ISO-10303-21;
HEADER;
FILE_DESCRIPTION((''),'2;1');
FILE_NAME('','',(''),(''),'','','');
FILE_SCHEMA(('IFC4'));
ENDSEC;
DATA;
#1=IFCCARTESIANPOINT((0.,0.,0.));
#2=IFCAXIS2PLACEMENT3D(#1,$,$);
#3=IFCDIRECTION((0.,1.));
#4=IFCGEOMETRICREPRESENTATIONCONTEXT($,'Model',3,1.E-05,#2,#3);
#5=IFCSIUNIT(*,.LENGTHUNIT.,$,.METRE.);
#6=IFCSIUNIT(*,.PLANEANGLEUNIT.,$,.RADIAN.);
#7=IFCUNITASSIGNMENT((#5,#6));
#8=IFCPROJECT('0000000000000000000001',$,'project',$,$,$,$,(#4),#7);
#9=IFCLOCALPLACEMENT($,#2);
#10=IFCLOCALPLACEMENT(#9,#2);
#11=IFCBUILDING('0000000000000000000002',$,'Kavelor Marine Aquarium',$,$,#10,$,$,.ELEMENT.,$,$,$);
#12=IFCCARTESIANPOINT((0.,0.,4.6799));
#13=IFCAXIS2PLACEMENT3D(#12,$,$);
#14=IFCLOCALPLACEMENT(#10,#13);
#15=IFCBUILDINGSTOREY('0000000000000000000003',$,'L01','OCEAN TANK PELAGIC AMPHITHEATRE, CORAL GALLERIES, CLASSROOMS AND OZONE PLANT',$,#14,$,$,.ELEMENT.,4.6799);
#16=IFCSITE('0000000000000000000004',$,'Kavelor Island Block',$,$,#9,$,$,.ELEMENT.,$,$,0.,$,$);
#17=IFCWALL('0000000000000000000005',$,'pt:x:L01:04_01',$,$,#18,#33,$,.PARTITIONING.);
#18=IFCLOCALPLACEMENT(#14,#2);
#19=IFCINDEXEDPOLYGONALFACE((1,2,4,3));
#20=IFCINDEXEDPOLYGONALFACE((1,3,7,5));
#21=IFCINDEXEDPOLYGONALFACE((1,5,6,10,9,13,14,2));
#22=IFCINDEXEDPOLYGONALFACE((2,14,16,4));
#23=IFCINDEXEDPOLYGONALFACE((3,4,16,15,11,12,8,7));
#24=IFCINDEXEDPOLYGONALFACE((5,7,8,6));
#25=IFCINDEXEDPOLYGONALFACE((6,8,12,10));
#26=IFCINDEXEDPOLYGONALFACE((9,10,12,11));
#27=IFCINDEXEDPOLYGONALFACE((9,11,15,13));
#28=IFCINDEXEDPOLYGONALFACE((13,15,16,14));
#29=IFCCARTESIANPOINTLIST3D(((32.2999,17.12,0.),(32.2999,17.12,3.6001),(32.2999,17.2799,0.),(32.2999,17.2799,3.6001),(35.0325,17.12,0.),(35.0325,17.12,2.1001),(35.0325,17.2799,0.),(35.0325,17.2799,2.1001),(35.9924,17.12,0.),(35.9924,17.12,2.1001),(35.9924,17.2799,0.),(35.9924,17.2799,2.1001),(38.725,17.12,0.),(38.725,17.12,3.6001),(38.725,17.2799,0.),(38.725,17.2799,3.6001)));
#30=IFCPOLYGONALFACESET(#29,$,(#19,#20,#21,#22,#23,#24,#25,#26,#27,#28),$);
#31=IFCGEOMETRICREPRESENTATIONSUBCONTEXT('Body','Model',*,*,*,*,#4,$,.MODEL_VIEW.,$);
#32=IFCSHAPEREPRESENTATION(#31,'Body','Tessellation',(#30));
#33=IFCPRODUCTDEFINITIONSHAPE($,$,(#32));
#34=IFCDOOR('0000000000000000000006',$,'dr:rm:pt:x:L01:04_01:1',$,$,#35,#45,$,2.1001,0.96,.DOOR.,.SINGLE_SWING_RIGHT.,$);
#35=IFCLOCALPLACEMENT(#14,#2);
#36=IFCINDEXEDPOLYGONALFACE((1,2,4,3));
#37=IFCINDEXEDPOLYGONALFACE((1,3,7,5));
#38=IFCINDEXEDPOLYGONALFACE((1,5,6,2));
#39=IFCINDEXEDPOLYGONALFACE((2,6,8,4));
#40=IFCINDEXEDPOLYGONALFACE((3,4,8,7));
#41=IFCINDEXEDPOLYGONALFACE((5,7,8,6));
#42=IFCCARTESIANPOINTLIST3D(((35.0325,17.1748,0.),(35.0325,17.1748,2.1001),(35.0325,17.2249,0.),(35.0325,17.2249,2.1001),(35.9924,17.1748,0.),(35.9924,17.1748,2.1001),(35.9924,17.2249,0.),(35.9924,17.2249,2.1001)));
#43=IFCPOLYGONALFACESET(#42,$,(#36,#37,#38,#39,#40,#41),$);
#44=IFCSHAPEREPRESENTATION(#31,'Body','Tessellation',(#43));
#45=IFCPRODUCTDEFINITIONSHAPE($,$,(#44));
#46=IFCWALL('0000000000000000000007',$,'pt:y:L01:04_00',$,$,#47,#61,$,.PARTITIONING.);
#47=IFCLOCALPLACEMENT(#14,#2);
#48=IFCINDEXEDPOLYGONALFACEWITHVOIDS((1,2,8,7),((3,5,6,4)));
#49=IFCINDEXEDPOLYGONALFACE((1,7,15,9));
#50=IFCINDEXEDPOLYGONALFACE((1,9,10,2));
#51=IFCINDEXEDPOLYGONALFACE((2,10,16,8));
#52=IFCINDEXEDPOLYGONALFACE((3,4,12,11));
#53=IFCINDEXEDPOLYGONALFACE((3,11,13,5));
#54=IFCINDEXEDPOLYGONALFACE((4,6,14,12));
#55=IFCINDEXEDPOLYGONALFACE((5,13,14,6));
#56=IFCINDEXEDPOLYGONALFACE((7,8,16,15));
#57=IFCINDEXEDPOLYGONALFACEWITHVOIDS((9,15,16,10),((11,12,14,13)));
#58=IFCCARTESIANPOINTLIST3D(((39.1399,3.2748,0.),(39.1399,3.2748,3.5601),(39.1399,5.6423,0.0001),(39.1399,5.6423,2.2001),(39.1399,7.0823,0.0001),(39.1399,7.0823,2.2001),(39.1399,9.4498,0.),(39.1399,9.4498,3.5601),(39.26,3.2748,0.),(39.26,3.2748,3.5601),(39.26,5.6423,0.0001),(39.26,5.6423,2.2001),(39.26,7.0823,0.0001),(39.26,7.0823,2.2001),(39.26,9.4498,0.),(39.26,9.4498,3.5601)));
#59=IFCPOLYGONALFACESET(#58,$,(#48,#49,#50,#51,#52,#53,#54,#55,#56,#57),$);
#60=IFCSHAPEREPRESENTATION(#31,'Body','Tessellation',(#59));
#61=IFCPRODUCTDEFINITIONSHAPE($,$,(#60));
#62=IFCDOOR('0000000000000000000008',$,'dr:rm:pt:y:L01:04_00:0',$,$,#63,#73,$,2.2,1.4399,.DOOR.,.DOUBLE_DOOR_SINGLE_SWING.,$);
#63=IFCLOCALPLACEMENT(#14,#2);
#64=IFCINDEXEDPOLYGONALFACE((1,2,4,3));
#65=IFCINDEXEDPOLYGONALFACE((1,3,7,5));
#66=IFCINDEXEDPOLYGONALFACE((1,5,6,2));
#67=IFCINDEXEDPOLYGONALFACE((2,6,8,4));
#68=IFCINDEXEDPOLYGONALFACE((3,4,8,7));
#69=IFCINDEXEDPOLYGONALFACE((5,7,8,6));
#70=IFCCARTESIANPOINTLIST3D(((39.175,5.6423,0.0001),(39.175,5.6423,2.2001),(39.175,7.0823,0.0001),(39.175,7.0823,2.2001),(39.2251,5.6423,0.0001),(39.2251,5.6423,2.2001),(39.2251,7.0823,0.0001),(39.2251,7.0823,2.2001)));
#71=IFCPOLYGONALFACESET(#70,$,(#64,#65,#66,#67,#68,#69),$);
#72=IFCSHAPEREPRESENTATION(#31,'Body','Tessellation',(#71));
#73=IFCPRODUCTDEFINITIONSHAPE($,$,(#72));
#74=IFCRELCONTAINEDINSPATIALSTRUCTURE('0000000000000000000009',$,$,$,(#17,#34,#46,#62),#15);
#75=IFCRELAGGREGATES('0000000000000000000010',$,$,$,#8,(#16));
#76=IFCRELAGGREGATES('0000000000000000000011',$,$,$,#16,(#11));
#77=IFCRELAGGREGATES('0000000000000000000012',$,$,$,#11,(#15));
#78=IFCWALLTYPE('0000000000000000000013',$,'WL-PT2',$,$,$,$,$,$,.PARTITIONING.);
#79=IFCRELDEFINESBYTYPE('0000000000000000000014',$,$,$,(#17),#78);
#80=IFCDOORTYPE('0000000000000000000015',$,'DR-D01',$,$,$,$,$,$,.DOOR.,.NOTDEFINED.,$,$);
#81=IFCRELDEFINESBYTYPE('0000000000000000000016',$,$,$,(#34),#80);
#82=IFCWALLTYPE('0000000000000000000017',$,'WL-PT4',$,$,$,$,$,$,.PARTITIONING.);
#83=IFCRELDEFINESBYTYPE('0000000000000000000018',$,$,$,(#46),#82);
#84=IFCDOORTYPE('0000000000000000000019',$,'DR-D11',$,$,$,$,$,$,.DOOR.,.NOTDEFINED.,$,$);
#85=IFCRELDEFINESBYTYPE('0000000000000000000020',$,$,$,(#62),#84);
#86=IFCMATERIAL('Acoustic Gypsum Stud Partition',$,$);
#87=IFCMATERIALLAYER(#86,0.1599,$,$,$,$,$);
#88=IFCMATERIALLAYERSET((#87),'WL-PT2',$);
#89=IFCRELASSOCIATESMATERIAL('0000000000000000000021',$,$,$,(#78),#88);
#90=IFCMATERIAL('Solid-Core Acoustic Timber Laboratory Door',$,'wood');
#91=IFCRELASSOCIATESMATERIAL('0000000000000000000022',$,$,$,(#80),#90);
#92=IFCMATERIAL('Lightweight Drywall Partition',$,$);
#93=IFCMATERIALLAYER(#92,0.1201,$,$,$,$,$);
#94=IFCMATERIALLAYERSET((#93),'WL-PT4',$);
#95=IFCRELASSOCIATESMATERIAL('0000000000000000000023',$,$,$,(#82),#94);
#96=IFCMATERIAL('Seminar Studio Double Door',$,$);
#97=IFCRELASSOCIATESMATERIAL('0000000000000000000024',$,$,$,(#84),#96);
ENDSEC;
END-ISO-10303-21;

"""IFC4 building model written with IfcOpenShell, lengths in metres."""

from ifc_helpers import new_model, si_unit, direction, frame, frame_2d, origin, place, context, subcontext, project, spatial, rectangle, extrude, material, layer, layer_set, type_object, element, fill, save


model = new_model("IFC4")

# Units and contexts
model_context = context("Model", 3, precision=1e-05, world=origin(), true_north=direction((0.0, 1.0)))
body_context = subcontext(model_context, "Body", "Model", "MODEL_VIEW")
ifc_project = project(units=[si_unit("LENGTHUNIT", "METRE"), si_unit("PLANEANGLEUNIT", "RADIAN")], contexts=[model_context])

# Site, building, storey
site_placement = place(None, origin())
site = spatial("IfcSite", under=ifc_project, at=site_placement, Name="Kavelor Island Block", CompositionType="ELEMENT", RefElevation=0.0)
building_placement = place(site_placement, origin())
building = spatial("IfcBuilding", under=site, at=building_placement, Name="Kavelor Marine Aquarium", CompositionType="ELEMENT")
storey_placement = place(building_placement, frame((0.0, 0.0, 4.6799)))
storey = spatial("IfcBuildingStorey", under=building, at=storey_placement, Name="L01", Description="OCEAN TANK PELAGIC AMPHITHEATRE, CORAL GALLERIES, CLASSROOMS AND OZONE PLANT", CompositionType="ELEMENT", Elevation=4.6799)

# Shared definitions
ifc_material_1 = material(Name="Acoustic Gypsum Stud Partition")
ifc_layer_1 = layer(ifc_material_1, 0.1599)
ifc_layer_set_1 = layer_set([ifc_layer_1], Name="WL-PT2")
wall_type_1 = type_object("IfcWallType", Name="WL-PT2", PredefinedType="PARTITIONING", material=ifc_layer_set_1)

# Walls, openings, doors
wall_1_placement = place(storey_placement, frame((32.3, 17.2, 0.0), z_axis=(0.0, 0.0, 1.0), x_axis=(1.0, 0.0, 0.0)))
wall_1 = element("IfcWall", 1, at=wall_1_placement, inside=storey, type_object=wall_type_1, Name="pt:x:L01:04_01", PredefinedType="PARTITIONING", context=body_context, shape_type="SweptSolid", body=[
    extrude(rectangle(XDim=6.425, YDim=0.1599, at=frame_2d((3.2124, 0.0))), origin(), (0.0, 0.0, 1.0), 3.6001),
])
opening_1_placement = place(wall_1_placement, frame((2.7324, 0.0, 0.0)))
opening_1 = element("IfcOpeningElement", 2, at=opening_1_placement, cuts=wall_1, PredefinedType="OPENING", context=body_context, shape_type="SweptSolid", body=[
    extrude(rectangle(XDim=0.96, YDim=2.1001, at=frame_2d((0.48, 1.05))), frame((0.0, 0.0898, 0.0), z_axis=(0.0, -1.0, 0.0), x_axis=(1.0, 0.0, 0.0)), (0.0, 0.0, 1.0), 0.1799),
])
ifc_material_2 = material(Name="Solid-Core Acoustic Timber Laboratory Door", Category="wood")
door_type_1 = type_object("IfcDoorType", Name="DR-D01", OperationType="NOTDEFINED", PredefinedType="DOOR", material=ifc_material_2)
door_1_placement = place(opening_1_placement, origin())
door_1 = element("IfcDoor", 3, at=door_1_placement, inside=storey, type_object=door_type_1, Name="dr:rm:pt:x:L01:04_01:1", OperationType="SINGLE_SWING_RIGHT", OverallHeight=2.1001, OverallWidth=0.96, PredefinedType="DOOR", context=body_context, shape_type="SweptSolid", body=[
    extrude(rectangle(XDim=0.96, YDim=2.1001, at=frame_2d((0.48, 1.05))), frame((0.0, 0.0249, 0.0), z_axis=(0.0, -1.0, 0.0), x_axis=(1.0, 0.0, 0.0)), (0.0, 0.0, 1.0), 0.05),
])
fill(opening_1, door_1)
ifc_material_3 = material(Name="Lightweight Drywall Partition")
ifc_layer_2 = layer(ifc_material_3, 0.1201)
ifc_layer_set_2 = layer_set([ifc_layer_2], Name="WL-PT4")
wall_type_2 = type_object("IfcWallType", Name="WL-PT4", PredefinedType="PARTITIONING", material=ifc_layer_set_2)
wall_2_placement = place(storey_placement, frame((39.2, 3.2749, 0.0), z_axis=(0.0, 0.0, 1.0), x_axis=(0.0, 1.0, 0.0)))
wall_2 = element("IfcWall", 4, at=wall_2_placement, inside=storey, type_object=wall_type_2, Name="pt:y:L01:04_00", PredefinedType="PARTITIONING", context=body_context, shape_type="SweptSolid", body=[
    extrude(rectangle(XDim=6.175, YDim=0.1201, at=frame_2d((3.0874, 0.0))), origin(), (0.0, 0.0, 1.0), 3.5601),
])
opening_2_placement = place(wall_2_placement, frame((2.3674, 0.0, 0.0)))
opening_2 = element("IfcOpeningElement", 5, at=opening_2_placement, cuts=wall_2, PredefinedType="OPENING", context=body_context, shape_type="SweptSolid", body=[
    extrude(rectangle(XDim=1.4399, YDim=2.2, at=frame_2d((0.72, 1.1001))), frame((0.0, 0.0701, 0.0), z_axis=(0.0, -1.0, 0.0), x_axis=(1.0, 0.0, 0.0)), (0.0, 0.0, 1.0), 0.1401),
])
ifc_material_4 = material(Name="Seminar Studio Double Door")
door_type_2 = type_object("IfcDoorType", Name="DR-D11", OperationType="NOTDEFINED", PredefinedType="DOOR", material=ifc_material_4)
door_2_placement = place(opening_2_placement, origin())
door_2 = element("IfcDoor", 6, at=door_2_placement, inside=storey, type_object=door_type_2, Name="dr:rm:pt:y:L01:04_00:0", OperationType="DOUBLE_DOOR_SINGLE_SWING", OverallHeight=2.2, OverallWidth=1.4399, PredefinedType="DOOR", context=body_context, shape_type="SweptSolid", body=[
    extrude(rectangle(XDim=1.4399, YDim=2.2, at=frame_2d((0.72, 1.1001))), frame((0.0, 0.0249, 0.0), z_axis=(0.0, -1.0, 0.0), x_axis=(1.0, 0.0, 0.0)), (0.0, 0.0, 1.0), 0.05),
])
fill(opening_2, door_2)

save(model, "model.ifc")
